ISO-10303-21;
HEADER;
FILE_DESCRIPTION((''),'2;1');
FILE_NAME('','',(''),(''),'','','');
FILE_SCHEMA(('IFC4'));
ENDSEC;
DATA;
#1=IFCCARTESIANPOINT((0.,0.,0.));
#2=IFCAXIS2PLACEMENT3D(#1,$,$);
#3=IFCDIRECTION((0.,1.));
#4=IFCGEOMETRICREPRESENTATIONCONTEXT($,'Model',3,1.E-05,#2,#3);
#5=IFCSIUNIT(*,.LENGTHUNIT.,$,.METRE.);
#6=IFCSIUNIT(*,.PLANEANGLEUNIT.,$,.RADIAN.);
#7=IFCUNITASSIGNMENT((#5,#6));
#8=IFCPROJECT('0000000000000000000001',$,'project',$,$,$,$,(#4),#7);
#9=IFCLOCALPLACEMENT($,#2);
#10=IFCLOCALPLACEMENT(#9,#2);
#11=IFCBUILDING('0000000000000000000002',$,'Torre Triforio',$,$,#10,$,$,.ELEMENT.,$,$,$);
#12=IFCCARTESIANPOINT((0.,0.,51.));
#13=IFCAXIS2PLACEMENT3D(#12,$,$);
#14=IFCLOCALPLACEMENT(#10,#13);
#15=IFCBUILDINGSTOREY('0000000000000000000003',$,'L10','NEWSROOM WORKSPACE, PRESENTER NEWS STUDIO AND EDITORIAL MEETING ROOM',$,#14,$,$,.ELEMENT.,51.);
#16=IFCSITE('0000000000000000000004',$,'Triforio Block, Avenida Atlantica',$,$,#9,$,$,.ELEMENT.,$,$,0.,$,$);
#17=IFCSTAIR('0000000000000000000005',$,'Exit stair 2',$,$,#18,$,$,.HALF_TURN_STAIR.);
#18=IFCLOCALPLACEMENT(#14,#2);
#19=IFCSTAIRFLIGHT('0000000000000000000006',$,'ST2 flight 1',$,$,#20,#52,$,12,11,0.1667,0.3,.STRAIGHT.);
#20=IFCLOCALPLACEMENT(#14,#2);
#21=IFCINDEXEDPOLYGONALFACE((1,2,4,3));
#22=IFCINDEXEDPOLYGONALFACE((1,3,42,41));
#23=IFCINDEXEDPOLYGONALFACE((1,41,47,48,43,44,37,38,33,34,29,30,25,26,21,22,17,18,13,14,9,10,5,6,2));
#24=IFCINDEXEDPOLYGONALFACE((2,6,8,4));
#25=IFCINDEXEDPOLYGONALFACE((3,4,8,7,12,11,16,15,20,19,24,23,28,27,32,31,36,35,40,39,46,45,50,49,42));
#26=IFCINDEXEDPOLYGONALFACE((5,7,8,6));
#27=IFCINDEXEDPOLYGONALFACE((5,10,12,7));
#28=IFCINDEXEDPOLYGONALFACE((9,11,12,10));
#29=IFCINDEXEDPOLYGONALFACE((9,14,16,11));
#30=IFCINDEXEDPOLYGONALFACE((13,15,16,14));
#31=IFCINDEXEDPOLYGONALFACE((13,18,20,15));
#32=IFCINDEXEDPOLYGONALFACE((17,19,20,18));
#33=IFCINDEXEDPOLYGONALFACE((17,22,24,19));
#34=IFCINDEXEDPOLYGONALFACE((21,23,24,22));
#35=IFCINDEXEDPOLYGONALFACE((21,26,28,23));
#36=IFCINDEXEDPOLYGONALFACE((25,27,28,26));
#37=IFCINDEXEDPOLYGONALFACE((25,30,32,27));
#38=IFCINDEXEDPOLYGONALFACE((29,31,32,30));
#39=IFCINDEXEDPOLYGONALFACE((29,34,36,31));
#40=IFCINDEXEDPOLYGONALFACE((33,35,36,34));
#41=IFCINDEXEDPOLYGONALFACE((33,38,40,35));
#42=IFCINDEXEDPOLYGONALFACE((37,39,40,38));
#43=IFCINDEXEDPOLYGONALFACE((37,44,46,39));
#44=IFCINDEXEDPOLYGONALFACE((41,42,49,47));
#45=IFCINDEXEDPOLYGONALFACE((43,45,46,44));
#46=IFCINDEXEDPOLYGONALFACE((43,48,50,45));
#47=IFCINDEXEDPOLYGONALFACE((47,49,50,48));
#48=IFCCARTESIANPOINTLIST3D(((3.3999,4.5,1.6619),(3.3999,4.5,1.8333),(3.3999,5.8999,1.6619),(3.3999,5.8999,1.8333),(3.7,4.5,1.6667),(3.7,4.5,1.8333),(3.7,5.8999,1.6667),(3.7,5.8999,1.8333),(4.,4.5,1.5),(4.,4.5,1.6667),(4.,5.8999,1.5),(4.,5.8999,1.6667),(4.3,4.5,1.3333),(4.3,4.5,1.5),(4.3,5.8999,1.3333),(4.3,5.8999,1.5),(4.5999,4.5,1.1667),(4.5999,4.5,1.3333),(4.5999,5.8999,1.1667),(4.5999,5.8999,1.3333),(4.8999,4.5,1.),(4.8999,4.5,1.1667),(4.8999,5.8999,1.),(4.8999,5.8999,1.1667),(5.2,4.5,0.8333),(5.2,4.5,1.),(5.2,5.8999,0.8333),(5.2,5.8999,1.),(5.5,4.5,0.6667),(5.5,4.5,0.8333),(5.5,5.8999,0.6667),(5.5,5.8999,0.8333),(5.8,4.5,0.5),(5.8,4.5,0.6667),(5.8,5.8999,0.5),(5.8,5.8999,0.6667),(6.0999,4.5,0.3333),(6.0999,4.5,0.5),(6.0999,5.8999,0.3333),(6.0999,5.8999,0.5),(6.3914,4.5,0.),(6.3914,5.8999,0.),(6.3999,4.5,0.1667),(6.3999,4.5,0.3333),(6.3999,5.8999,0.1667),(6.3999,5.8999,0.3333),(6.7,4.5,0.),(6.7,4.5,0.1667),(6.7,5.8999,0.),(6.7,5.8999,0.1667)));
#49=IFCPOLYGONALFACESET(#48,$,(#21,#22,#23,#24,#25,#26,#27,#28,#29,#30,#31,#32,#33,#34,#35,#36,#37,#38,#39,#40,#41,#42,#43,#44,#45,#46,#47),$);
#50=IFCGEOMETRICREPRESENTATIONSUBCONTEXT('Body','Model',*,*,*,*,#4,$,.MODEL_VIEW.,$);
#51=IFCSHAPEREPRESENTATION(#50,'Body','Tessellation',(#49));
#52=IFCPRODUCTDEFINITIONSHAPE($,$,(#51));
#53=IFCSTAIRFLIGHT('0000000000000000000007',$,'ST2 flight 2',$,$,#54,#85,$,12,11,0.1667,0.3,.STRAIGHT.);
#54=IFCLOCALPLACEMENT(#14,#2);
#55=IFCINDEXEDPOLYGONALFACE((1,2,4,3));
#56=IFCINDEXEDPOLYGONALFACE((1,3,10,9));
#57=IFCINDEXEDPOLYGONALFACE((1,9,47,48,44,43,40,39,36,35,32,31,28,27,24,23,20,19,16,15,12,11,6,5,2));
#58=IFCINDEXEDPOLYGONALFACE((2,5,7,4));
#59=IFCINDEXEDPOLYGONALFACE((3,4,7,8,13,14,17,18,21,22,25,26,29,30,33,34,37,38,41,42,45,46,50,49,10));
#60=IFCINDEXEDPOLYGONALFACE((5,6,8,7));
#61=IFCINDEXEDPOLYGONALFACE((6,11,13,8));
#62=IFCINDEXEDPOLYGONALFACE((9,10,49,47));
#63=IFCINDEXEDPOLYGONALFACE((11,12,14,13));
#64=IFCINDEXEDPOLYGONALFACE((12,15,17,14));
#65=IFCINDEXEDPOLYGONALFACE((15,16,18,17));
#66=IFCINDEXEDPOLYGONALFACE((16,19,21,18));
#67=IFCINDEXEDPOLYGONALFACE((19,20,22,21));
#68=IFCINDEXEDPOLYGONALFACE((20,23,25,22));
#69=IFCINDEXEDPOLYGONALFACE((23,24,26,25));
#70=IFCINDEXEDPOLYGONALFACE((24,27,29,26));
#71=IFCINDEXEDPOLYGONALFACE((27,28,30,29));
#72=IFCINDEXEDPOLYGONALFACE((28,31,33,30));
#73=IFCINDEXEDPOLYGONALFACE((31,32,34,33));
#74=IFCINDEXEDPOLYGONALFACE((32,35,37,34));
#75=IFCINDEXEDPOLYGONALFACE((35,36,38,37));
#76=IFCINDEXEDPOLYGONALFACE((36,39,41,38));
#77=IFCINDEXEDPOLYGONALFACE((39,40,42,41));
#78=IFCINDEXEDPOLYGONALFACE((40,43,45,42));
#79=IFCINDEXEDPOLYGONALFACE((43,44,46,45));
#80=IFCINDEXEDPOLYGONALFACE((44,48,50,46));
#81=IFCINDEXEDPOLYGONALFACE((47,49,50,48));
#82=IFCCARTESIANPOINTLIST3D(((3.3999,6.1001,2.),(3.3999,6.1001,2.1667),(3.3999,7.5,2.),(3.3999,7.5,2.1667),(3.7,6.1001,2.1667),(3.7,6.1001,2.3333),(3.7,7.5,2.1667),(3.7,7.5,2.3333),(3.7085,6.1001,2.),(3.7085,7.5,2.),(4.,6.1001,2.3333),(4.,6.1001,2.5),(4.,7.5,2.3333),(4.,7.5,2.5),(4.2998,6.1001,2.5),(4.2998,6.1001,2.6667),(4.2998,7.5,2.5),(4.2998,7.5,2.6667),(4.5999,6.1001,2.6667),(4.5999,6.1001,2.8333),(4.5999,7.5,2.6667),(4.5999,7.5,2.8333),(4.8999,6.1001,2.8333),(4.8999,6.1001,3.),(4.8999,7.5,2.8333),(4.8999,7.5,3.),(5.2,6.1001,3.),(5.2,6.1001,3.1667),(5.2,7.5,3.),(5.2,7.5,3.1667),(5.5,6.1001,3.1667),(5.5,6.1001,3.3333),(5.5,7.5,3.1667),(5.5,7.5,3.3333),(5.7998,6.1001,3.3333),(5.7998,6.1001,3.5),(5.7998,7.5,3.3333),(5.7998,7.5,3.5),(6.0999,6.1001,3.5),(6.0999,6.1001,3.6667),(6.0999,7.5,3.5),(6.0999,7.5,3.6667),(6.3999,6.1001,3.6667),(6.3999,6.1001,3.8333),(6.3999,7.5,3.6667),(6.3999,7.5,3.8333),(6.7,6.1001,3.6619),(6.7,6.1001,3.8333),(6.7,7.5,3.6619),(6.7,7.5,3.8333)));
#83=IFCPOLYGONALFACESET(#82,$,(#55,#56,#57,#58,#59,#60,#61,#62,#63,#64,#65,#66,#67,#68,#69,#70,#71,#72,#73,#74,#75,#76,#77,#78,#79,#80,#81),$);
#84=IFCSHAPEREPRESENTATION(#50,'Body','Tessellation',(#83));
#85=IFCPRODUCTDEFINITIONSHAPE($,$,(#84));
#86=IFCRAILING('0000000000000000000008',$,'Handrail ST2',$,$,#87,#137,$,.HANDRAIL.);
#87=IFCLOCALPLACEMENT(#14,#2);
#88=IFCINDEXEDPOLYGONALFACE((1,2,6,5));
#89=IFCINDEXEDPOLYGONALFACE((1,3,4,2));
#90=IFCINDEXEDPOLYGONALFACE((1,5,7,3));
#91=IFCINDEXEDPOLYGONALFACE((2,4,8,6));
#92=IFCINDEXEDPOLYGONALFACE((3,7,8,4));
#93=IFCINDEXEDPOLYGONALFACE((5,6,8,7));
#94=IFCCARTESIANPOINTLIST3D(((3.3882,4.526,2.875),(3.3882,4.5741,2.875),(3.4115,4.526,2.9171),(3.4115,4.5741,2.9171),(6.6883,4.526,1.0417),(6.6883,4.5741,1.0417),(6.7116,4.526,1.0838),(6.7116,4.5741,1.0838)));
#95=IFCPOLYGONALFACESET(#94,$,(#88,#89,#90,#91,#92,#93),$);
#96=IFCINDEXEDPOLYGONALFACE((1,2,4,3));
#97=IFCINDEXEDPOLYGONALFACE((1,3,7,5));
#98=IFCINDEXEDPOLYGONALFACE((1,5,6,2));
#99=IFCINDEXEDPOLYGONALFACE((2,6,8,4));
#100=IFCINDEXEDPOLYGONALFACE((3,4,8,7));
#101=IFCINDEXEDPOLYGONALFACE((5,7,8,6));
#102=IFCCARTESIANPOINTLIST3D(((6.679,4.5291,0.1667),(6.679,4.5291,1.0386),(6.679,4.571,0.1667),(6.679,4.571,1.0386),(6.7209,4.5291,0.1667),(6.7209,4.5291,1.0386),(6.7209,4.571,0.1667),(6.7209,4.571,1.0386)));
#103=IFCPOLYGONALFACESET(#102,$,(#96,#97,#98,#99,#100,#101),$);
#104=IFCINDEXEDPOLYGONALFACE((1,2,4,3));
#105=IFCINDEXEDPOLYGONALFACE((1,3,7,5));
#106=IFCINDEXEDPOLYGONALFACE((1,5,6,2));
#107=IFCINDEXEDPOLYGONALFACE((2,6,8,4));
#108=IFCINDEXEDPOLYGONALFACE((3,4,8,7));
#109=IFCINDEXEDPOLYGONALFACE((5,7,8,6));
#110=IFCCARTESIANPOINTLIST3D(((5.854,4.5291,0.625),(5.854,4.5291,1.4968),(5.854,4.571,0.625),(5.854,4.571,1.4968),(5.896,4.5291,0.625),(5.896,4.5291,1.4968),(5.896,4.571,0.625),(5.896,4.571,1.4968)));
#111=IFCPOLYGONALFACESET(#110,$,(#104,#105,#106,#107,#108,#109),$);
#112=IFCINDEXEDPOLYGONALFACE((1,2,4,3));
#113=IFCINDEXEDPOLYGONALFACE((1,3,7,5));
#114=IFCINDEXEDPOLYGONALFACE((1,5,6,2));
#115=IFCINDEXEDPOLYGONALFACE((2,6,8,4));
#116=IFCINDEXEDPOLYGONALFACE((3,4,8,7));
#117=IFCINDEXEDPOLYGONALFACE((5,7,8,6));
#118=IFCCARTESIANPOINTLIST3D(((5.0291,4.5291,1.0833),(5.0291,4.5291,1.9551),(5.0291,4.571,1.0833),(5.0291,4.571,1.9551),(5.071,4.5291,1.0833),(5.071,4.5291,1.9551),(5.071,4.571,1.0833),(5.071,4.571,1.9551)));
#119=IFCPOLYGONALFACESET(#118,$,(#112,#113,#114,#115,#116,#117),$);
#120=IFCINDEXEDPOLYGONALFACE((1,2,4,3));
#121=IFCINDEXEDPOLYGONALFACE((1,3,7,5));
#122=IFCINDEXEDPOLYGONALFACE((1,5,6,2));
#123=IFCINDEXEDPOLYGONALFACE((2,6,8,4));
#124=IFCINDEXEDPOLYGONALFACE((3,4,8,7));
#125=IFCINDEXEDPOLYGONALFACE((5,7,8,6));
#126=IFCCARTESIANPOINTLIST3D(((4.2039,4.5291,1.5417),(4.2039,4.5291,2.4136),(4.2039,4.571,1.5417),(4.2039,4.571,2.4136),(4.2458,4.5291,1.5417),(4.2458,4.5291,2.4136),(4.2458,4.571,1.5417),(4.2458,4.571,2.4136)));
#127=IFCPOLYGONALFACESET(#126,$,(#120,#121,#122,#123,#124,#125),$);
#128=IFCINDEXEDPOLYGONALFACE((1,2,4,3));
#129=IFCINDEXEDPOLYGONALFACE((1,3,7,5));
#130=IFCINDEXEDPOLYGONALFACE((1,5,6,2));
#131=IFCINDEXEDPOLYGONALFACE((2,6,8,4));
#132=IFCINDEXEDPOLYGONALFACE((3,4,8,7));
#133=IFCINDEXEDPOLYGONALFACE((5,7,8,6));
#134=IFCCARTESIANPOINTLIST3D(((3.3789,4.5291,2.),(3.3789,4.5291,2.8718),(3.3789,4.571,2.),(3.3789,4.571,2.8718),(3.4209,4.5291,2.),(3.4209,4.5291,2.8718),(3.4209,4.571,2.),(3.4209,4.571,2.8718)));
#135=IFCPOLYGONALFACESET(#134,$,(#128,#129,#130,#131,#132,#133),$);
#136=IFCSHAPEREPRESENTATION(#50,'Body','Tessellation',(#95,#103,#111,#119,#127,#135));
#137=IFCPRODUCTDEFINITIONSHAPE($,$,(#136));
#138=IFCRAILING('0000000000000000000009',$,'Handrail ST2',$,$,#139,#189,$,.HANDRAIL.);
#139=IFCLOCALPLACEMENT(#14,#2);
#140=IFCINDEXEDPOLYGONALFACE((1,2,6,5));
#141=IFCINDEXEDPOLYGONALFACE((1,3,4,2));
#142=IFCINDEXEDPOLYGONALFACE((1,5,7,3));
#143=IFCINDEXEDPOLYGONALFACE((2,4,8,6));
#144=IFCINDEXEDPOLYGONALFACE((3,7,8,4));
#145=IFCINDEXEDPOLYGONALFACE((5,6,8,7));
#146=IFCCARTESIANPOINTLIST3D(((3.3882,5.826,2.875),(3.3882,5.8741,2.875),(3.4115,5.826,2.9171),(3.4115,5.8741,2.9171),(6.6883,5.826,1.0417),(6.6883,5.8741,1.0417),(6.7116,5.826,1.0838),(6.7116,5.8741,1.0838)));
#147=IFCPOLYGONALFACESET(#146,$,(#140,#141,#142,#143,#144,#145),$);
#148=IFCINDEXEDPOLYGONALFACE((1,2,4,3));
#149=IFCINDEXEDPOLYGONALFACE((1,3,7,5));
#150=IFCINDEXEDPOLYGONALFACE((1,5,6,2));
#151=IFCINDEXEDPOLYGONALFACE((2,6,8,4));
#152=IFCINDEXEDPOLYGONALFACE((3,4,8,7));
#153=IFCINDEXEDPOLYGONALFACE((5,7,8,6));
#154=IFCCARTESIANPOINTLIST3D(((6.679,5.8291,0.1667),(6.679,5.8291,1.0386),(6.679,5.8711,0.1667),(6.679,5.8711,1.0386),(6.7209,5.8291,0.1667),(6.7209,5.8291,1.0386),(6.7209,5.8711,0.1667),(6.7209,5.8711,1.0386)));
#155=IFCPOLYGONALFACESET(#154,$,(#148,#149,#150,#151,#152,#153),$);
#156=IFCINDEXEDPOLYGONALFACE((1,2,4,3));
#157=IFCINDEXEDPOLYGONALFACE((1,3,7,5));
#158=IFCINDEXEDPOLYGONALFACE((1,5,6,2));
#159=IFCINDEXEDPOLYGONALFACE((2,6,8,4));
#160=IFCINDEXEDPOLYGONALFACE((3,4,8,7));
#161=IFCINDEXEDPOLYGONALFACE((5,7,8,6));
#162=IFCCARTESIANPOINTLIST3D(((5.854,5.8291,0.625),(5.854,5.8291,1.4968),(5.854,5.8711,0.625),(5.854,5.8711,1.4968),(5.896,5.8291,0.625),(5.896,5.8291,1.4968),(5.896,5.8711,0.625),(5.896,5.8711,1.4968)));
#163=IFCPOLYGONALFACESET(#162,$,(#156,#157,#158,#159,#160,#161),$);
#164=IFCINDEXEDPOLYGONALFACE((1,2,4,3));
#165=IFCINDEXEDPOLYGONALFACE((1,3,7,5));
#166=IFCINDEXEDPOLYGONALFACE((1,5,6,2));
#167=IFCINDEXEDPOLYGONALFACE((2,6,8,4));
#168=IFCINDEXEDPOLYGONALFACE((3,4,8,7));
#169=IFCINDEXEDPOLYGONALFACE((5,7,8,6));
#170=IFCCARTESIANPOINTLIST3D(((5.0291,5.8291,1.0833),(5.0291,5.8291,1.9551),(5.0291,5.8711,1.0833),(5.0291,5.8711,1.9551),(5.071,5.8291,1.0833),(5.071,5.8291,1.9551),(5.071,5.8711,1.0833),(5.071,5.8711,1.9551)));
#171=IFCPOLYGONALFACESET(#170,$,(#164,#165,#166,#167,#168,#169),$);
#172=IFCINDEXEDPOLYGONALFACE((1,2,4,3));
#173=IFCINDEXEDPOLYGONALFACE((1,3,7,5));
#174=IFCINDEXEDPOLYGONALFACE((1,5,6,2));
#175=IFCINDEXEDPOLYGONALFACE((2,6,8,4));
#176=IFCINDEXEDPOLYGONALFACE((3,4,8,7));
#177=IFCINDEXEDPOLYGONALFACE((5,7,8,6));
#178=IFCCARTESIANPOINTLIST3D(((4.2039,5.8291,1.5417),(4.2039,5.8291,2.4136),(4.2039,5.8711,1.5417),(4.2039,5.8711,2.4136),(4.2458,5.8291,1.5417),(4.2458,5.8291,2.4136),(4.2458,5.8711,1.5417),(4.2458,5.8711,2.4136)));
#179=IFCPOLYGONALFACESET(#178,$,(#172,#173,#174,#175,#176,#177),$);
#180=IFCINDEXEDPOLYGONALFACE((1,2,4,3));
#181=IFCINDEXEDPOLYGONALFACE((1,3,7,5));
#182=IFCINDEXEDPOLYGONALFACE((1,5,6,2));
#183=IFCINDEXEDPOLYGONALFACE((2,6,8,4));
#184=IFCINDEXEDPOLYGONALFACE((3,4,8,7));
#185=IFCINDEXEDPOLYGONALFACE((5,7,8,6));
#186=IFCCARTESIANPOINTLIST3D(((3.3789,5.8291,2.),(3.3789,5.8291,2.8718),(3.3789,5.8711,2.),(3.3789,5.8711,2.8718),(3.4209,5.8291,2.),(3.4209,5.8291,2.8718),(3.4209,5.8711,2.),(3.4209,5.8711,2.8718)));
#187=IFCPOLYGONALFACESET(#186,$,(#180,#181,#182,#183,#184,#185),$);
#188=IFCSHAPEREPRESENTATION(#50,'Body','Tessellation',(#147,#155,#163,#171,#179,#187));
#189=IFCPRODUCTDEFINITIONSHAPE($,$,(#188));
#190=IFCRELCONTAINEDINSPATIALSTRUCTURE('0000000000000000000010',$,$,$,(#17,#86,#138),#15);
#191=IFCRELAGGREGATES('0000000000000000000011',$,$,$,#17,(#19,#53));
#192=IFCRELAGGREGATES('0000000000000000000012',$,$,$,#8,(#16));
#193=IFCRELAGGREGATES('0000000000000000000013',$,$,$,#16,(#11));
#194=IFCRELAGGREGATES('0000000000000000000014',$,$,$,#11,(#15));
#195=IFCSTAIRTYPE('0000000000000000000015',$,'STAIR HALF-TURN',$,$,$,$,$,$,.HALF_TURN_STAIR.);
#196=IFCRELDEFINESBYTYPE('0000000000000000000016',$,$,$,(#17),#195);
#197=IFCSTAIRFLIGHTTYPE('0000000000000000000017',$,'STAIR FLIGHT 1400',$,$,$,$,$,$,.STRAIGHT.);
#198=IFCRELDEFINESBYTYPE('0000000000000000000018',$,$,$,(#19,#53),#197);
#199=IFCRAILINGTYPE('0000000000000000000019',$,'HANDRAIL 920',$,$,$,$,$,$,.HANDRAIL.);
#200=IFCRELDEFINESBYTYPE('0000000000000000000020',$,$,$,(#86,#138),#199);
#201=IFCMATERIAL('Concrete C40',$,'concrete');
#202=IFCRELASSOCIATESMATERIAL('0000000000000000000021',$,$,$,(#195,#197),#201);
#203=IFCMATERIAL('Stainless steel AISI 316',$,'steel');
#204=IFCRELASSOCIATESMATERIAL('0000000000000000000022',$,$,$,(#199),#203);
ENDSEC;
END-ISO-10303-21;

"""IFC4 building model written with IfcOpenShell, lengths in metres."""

from ifc_helpers import new_model, si_unit, direction, frame, origin, origin_2d, place, context, subcontext, project, spatial, polyline, rectangle, outline, extrude, material, type_object, element, aggregate, save


model = new_model("IFC4")

# Units and contexts
model_context = context("Model", 3, precision=1e-05, world=origin(), true_north=direction((0.0, 1.0)))
body_context = subcontext(model_context, "Body", "Model", "MODEL_VIEW")
ifc_project = project(units=[si_unit("LENGTHUNIT", "METRE"), si_unit("PLANEANGLEUNIT", "RADIAN")], contexts=[model_context])

# Site, building, storey
site_placement = place(None, origin())
site = spatial("IfcSite", under=ifc_project, at=site_placement, Name="Triforio Block, Avenida Atlantica", CompositionType="ELEMENT", RefElevation=0.0)
building_placement = place(site_placement, origin())
building = spatial("IfcBuilding", under=site, at=building_placement, Name="Torre Triforio", CompositionType="ELEMENT")
storey_placement = place(building_placement, frame((0.0, 0.0, 51.0)))
storey = spatial("IfcBuildingStorey", under=building, at=storey_placement, Name="L10", Description="NEWSROOM WORKSPACE, PRESENTER NEWS STUDIO AND EDITORIAL MEETING ROOM", CompositionType="ELEMENT", Elevation=51.0)

# Stair, stair flights
ifc_material_1 = material(Name="Concrete C40", Category="concrete")
stair_type = type_object("IfcStairType", Name="STAIR HALF-TURN", PredefinedType="HALF_TURN_STAIR", material=ifc_material_1)
stair_placement = place(storey_placement, origin())
stair = element("IfcStair", 1, at=stair_placement, inside=storey, type_object=stair_type, Name="Exit stair 2", PredefinedType="HALF_TURN_STAIR")
stair_flight_type = type_object("IfcStairFlightType", Name="STAIR FLIGHT 1400", PredefinedType="STRAIGHT", material=ifc_material_1)
stair_flight_1_placement = place(storey_placement, frame((6.7, 5.2, 0.0), z_axis=(0.0, 0.0, 1.0), x_axis=(-1.0, 0.0, 0.0)))
stair_flight_1 = element("IfcStairFlight", 2, at=stair_flight_1_placement, type_object=stair_flight_type, Name="ST2 flight 1", NumberOfRisers=12, NumberOfTreads=11, PredefinedType="STRAIGHT", RiserHeight=0.1667, TreadLength=0.3, context=body_context, shape_type="SweptSolid", body=[
    extrude(outline(polyline([(0.0, 0.0), (0.0, 0.1667), (0.3, 0.1667), (0.3, 0.3333), (0.6001, 0.3333), (0.6001, 0.5), (0.8999, 0.5), (0.8999, 0.6667), (1.2, 0.6667), (1.2, 0.8333), (1.5, 0.8333), (1.5, 1.0), (1.8, 1.0), (1.8, 1.1667), (2.1001, 1.1667), (2.1001, 1.3333), (2.3999, 1.3333), (2.3999, 1.5), (2.7, 1.5), (2.7, 1.6667), (3.0, 1.6667), (3.0, 1.8333), (3.3, 1.8333), (3.3, 2.0), (3.3, 1.6619), (0.3086, 0.0), (0.0, 0.0)])), frame((0.0, 0.7, 0.0), z_axis=(0.0, -1.0, 0.0), x_axis=(1.0, 0.0, 0.0)), (0.0, 0.0, 1.0), 1.3999),
])
stair_flight_2_placement = place(storey_placement, frame((3.3999, 6.8, 2.0), z_axis=(0.0, 0.0, 1.0), x_axis=(1.0, 0.0, 0.0)))
stair_flight_2 = element("IfcStairFlight", 3, at=stair_flight_2_placement, type_object=stair_flight_type, Name="ST2 flight 2", NumberOfRisers=12, NumberOfTreads=11, PredefinedType="STRAIGHT", RiserHeight=0.1667, TreadLength=0.3, context=body_context, shape_type="SweptSolid", body=[
    extrude(outline(polyline([(0.0, 0.0), (0.0, 0.1667), (0.3, 0.1667), (0.3, 0.3333), (0.6001, 0.3333), (0.6001, 0.5), (0.8999, 0.5), (0.8999, 0.6667), (1.2, 0.6667), (1.2, 0.8333), (1.5, 0.8333), (1.5, 1.0), (1.8, 1.0), (1.8, 1.1667), (2.1001, 1.1667), (2.1001, 1.3333), (2.3999, 1.3333), (2.3999, 1.5), (2.7, 1.5), (2.7, 1.6667), (3.0, 1.6667), (3.0, 1.8333), (3.3, 1.8333), (3.3, 2.0), (3.3, 1.6619), (0.3086, 0.0), (0.0, 0.0)])), frame((0.0, 0.7, 0.0), z_axis=(0.0, -1.0, 0.0), x_axis=(1.0, 0.0, 0.0)), (0.0, 0.0, 1.0), 1.3999),
])
aggregate(stair, [stair_flight_1, stair_flight_2])

# Railings
ifc_material_2 = material(Name="Stainless steel AISI 316", Category="steel")
railing_type = type_object("IfcRailingType", Name="HANDRAIL 920", PredefinedType="HANDRAIL", material=ifc_material_2)
for number, where, name in (
    (4, (6.7, 4.55, 0.1667), "Handrail ST2"),
    (5, (6.7, 5.8501, 0.1667), "Handrail ST2"),
):
    element("IfcRailing", number, at=place(storey_placement, frame(where)), inside=storey, type_object=railing_type, Name=name, PredefinedType="HANDRAIL", context=body_context, shape_type="SweptSolid", body=[
        extrude(rectangle(XDim=0.0481, YDim=0.0481, at=origin_2d()), frame((0.0, 0.0, 0.896), z_axis=(-0.874169, 0.0, 0.485621), x_axis=(0.0, -1.0, 0.0)), (0.0, 0.0, 1.0), 3.7751),
        extrude(rectangle(XDim=0.042, YDim=0.042, at=origin_2d()), origin(), (0.0, 0.0, 1.0), 0.8718),
        extrude(rectangle(XDim=0.042, YDim=0.042, at=origin_2d()), frame((-0.825, 0.0, 0.4583)), (0.0, 0.0, 1.0), 0.8718),
        extrude(rectangle(XDim=0.042, YDim=0.042, at=origin_2d()), frame((-1.6499, 0.0, 0.9165)), (0.0, 0.0, 1.0), 0.8718),
        extrude(rectangle(XDim=0.042, YDim=0.042, at=origin_2d()), frame((-2.4751, 0.0, 1.375)), (0.0, 0.0, 1.0), 0.8718),
        extrude(rectangle(XDim=0.042, YDim=0.042, at=origin_2d()), frame((-3.3, 0.0, 1.8333)), (0.0, 0.0, 1.0), 0.8718),
    ])

save(model, "model.ifc")
